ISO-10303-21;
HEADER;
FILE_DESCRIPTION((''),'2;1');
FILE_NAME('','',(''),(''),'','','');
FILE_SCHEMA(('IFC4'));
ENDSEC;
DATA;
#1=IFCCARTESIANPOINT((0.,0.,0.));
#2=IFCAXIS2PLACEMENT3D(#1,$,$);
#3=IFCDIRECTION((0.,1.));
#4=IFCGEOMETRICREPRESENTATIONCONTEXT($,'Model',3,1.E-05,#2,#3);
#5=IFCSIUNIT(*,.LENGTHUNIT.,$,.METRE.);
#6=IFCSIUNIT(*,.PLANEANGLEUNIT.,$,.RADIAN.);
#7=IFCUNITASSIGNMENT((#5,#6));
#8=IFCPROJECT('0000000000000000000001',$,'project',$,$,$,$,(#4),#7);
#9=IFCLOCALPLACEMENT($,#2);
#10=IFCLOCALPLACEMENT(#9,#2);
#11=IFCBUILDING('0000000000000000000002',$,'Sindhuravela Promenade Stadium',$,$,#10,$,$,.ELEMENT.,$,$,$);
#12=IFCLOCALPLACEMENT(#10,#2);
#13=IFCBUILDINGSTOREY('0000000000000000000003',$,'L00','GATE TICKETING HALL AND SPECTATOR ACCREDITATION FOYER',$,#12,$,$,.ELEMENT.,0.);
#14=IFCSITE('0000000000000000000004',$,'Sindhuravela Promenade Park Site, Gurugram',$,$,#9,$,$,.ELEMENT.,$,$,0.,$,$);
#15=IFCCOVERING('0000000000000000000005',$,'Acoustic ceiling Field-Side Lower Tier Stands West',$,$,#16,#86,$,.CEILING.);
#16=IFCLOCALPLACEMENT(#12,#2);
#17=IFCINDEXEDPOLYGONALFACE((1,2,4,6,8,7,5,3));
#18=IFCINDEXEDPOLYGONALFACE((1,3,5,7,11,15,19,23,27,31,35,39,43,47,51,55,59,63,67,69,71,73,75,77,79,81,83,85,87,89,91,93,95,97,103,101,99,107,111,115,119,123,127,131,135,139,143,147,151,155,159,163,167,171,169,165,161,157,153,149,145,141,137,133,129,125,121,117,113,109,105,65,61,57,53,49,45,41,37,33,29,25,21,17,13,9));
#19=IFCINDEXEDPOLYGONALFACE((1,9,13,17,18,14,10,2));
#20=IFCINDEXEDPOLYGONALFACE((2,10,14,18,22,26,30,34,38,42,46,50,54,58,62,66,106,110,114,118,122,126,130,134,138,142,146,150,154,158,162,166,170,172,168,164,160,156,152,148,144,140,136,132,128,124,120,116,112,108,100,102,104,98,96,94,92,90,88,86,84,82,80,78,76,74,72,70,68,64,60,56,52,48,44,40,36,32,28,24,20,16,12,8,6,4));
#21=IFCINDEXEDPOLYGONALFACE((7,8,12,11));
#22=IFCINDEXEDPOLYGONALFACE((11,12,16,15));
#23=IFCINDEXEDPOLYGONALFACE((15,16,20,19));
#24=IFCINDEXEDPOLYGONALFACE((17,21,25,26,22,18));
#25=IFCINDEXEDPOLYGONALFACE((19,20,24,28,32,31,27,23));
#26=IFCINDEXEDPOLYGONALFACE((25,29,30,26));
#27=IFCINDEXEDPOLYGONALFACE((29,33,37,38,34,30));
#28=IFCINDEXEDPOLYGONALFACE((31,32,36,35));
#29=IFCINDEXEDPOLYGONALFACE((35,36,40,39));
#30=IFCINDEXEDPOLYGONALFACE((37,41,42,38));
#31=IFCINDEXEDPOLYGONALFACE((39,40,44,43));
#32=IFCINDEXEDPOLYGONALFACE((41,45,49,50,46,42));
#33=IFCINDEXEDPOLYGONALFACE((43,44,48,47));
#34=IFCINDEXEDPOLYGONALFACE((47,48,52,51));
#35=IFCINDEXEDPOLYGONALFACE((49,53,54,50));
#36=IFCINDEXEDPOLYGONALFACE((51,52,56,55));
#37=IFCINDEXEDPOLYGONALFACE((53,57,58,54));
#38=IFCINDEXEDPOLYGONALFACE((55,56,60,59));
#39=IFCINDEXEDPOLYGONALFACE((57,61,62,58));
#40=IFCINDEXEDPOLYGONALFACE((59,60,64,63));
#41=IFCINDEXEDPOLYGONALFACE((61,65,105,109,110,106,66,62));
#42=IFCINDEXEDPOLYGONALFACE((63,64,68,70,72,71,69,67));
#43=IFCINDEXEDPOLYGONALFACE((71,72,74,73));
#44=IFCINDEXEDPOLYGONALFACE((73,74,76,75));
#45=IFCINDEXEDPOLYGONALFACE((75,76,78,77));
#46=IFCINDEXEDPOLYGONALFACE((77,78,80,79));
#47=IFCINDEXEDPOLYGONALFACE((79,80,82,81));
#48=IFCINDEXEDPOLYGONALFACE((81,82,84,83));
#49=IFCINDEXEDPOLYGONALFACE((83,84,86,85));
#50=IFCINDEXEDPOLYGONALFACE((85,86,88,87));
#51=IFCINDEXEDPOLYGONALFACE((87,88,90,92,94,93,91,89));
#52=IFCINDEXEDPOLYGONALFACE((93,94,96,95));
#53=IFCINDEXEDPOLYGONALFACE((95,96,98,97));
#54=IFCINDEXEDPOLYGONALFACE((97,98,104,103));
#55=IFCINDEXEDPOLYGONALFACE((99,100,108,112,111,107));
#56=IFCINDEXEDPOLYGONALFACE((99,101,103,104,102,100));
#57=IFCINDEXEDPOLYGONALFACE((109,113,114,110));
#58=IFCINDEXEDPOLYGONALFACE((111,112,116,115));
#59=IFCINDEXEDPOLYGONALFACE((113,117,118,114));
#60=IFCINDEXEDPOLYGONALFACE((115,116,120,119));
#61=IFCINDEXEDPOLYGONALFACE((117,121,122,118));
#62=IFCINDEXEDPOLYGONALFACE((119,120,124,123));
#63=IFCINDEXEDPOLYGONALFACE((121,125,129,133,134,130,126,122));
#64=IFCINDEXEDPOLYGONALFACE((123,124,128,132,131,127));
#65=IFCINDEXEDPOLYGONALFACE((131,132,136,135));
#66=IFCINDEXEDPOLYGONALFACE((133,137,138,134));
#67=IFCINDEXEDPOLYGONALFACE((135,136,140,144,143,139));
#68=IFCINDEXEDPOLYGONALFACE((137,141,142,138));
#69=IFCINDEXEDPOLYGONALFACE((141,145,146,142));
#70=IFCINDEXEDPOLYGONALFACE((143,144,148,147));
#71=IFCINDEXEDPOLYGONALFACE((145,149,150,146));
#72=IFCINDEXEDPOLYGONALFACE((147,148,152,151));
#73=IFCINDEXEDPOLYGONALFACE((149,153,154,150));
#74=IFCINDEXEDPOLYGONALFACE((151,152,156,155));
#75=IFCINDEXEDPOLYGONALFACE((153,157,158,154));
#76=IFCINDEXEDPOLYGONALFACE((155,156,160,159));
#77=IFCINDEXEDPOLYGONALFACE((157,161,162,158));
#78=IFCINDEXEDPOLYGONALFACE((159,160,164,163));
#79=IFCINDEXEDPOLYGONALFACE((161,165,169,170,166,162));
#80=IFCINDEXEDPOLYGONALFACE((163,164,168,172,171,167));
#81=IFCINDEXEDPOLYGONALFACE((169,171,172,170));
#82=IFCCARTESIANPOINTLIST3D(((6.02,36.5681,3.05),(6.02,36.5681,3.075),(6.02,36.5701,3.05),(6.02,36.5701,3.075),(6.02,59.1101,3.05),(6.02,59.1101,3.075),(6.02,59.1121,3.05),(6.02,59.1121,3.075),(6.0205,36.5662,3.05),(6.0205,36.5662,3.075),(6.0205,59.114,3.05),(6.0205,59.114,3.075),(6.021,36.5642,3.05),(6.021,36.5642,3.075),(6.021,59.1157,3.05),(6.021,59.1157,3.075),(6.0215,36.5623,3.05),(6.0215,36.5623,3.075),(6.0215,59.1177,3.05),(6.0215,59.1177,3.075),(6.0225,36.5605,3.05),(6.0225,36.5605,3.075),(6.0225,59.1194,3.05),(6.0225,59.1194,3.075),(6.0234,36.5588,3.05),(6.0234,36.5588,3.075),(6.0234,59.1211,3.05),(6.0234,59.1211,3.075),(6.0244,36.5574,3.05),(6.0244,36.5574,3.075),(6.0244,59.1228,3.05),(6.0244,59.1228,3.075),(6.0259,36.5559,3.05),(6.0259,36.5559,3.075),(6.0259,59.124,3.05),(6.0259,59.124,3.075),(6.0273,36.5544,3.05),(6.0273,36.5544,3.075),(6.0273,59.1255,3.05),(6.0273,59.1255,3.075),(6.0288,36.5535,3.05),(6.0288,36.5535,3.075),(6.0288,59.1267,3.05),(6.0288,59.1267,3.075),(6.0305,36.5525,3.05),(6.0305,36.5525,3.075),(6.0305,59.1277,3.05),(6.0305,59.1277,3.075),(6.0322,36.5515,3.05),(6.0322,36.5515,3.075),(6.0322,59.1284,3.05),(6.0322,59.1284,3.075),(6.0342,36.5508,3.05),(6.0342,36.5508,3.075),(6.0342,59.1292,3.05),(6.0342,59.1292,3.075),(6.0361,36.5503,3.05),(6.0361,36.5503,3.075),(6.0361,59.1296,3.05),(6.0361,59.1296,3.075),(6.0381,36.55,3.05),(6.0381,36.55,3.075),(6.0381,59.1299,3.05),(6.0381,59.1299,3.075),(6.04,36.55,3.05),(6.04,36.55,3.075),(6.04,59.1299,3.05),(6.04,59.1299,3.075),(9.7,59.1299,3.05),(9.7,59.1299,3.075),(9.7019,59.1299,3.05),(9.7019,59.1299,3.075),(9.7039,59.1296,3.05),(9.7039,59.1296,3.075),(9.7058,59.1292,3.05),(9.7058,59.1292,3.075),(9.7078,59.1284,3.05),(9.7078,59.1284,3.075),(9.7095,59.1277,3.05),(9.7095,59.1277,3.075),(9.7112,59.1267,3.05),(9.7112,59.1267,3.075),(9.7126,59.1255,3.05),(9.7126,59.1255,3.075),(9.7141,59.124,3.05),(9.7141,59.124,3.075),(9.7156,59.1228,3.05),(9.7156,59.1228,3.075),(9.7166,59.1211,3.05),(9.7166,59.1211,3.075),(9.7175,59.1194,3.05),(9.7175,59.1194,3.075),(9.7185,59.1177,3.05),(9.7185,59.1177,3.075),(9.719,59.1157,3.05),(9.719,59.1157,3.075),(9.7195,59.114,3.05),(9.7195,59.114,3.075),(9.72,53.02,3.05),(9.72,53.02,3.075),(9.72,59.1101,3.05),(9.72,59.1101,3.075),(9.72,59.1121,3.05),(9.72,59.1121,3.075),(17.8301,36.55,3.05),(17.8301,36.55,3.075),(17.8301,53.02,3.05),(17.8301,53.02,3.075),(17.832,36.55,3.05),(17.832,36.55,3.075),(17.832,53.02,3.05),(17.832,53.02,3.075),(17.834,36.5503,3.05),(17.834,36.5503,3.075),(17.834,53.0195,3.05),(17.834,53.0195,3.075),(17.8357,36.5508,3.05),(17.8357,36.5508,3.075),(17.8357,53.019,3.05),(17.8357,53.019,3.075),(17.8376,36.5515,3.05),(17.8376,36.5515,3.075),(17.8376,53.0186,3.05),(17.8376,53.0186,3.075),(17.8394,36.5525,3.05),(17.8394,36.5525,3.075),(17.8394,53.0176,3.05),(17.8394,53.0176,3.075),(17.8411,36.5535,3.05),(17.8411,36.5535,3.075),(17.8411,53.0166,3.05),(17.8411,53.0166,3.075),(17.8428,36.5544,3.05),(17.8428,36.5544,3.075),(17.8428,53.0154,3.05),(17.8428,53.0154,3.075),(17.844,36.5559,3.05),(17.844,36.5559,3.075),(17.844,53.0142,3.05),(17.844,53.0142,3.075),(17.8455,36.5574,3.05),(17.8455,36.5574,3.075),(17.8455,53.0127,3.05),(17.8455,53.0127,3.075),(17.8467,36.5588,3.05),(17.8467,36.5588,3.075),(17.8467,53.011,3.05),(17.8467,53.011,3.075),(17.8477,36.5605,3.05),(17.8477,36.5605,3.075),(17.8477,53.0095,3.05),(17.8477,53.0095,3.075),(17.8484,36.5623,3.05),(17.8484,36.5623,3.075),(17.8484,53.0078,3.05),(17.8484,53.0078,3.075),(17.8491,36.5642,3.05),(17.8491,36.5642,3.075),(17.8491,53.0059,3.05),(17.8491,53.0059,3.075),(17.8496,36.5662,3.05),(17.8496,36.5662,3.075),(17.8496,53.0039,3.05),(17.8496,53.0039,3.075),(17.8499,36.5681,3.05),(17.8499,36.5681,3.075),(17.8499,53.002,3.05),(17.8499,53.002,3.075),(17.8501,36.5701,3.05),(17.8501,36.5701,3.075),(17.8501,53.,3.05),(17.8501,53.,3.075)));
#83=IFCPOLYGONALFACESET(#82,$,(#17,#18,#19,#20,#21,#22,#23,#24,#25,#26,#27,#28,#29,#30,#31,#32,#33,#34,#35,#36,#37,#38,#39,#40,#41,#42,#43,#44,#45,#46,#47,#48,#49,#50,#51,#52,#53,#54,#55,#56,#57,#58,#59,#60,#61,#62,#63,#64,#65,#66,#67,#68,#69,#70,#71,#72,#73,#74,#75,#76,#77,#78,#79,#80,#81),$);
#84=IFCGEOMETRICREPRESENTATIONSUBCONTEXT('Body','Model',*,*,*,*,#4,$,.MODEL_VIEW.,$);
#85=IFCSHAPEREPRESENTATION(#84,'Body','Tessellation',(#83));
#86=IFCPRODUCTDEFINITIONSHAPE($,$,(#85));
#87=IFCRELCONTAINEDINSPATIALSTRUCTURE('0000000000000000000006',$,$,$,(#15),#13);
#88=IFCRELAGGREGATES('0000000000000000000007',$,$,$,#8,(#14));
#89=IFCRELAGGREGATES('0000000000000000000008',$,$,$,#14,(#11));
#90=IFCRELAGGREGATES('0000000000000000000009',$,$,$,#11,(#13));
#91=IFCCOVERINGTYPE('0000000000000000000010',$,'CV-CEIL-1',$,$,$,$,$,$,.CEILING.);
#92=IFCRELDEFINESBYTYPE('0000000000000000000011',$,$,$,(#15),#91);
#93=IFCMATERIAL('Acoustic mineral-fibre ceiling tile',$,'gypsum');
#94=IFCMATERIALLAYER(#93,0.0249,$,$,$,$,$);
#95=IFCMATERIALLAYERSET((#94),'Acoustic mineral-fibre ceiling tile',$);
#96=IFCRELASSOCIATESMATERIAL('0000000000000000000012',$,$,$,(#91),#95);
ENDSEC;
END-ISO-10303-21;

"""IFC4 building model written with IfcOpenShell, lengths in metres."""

from ifc_helpers import new_model, si_unit, direction, frame, origin, place, context, subcontext, project, spatial, polyline, outline, extrude, material, layer, layer_set, type_object, element, save


model = new_model("IFC4")

# Units and contexts
model_context = context("Model", 3, precision=1e-05, world=origin(), true_north=direction((0.0, 1.0)))
body_context = subcontext(model_context, "Body", "Model", "MODEL_VIEW")
ifc_project = project(units=[si_unit("LENGTHUNIT", "METRE"), si_unit("PLANEANGLEUNIT", "RADIAN")], contexts=[model_context])

# Site, building, storey
site_placement = place(None, origin())
site = spatial("IfcSite", under=ifc_project, at=site_placement, Name="Sindhuravela Promenade Park Site, Gurugram", CompositionType="ELEMENT", RefElevation=0.0)
building_placement = place(site_placement, origin())
building = spatial("IfcBuilding", under=site, at=building_placement, Name="Sindhuravela Promenade Stadium", CompositionType="ELEMENT")
storey_placement = place(building_placement, origin())
storey = spatial("IfcBuildingStorey", under=building, at=storey_placement, Name="L00", Description="GATE TICKETING HALL AND SPECTATOR ACCREDITATION FOYER", CompositionType="ELEMENT", Elevation=0.0)

# Covering
ifc_material_1 = material(Name="Acoustic mineral-fibre ceiling tile", Category="gypsum")
ifc_layer_1 = layer(ifc_material_1, 0.0249)
ifc_layer_set_1 = layer_set([ifc_layer_1], Name="Acoustic mineral-fibre ceiling tile")
covering_type_1 = type_object("IfcCoveringType", Name="CV-CEIL-1", PredefinedType="CEILING", material=ifc_layer_set_1)
covering_1_placement = place(storey_placement, frame((0.0, 0.0, 3.05)))
element("IfcCovering", 1, at=covering_1_placement, inside=storey, type_object=covering_type_1, Name="Acoustic ceiling Field-Side Lower Tier Stands West", PredefinedType="CEILING", context=body_context, shape_type="SweptSolid", body=[
    extrude(outline(polyline([(6.02, 59.1101), (6.02, 59.1121), (6.0205, 59.114), (6.021, 59.1157), (6.0215, 59.1177), (6.0225, 59.1194), (6.0234, 59.1211), (6.0244, 59.1228), (6.0259, 59.124), (6.0273, 59.1255), (6.0288, 59.1267), (6.0305, 59.1277), (6.0322, 59.1284), (6.0342, 59.1292), (6.0361, 59.1296), (6.0381, 59.1299), (6.04, 59.1299), (9.7, 59.1299), (9.7019, 59.1299), (9.7039, 59.1296), (9.7058, 59.1292), (9.7078, 59.1284), (9.7095, 59.1277), (9.7112, 59.1267), (9.7126, 59.1255), (9.7141, 59.124), (9.7156, 59.1228), (9.7166, 59.1211), (9.7175, 59.1194), (9.7185, 59.1177), (9.719, 59.1157), (9.7195, 59.114), (9.72, 59.1121), (9.72, 59.1101), (9.72, 53.02), (17.8301, 53.02), (17.832, 53.02), (17.834, 53.0195), (17.8357, 53.019), (17.8376, 53.0186), (17.8394, 53.0176), (17.8411, 53.0166), (17.8428, 53.0154), (17.844, 53.0142), (17.8455, 53.0127), (17.8467, 53.011), (17.8477, 53.0095), (17.8484, 53.0078), (17.8491, 53.0059), (17.8496, 53.0039), (17.8499, 53.002), (17.8501, 53.0), (17.8501, 36.5701), (17.8499, 36.5681), (17.8496, 36.5662), (17.8491, 36.5642), (17.8484, 36.5623), (17.8477, 36.5605), (17.8467, 36.5588), (17.8455, 36.5574), (17.844, 36.5559), (17.8428, 36.5544), (17.8411, 36.5535), (17.8394, 36.5525), (17.8376, 36.5515), (17.8357, 36.5508), (17.834, 36.5503), (17.832, 36.55), (17.8301, 36.55), (6.04, 36.55), (6.0381, 36.55), (6.0361, 36.5503), (6.0342, 36.5508), (6.0322, 36.5515), (6.0305, 36.5525), (6.0288, 36.5535), (6.0273, 36.5544), (6.0259, 36.5559), (6.0244, 36.5574), (6.0234, 36.5588), (6.0225, 36.5605), (6.0215, 36.5623), (6.021, 36.5642), (6.0205, 36.5662), (6.02, 36.5681), (6.02, 36.5701), (6.02, 59.1101)])), origin(), (0.0, 0.0, 1.0), 0.0249),
])

save(model, "model.ifc")
